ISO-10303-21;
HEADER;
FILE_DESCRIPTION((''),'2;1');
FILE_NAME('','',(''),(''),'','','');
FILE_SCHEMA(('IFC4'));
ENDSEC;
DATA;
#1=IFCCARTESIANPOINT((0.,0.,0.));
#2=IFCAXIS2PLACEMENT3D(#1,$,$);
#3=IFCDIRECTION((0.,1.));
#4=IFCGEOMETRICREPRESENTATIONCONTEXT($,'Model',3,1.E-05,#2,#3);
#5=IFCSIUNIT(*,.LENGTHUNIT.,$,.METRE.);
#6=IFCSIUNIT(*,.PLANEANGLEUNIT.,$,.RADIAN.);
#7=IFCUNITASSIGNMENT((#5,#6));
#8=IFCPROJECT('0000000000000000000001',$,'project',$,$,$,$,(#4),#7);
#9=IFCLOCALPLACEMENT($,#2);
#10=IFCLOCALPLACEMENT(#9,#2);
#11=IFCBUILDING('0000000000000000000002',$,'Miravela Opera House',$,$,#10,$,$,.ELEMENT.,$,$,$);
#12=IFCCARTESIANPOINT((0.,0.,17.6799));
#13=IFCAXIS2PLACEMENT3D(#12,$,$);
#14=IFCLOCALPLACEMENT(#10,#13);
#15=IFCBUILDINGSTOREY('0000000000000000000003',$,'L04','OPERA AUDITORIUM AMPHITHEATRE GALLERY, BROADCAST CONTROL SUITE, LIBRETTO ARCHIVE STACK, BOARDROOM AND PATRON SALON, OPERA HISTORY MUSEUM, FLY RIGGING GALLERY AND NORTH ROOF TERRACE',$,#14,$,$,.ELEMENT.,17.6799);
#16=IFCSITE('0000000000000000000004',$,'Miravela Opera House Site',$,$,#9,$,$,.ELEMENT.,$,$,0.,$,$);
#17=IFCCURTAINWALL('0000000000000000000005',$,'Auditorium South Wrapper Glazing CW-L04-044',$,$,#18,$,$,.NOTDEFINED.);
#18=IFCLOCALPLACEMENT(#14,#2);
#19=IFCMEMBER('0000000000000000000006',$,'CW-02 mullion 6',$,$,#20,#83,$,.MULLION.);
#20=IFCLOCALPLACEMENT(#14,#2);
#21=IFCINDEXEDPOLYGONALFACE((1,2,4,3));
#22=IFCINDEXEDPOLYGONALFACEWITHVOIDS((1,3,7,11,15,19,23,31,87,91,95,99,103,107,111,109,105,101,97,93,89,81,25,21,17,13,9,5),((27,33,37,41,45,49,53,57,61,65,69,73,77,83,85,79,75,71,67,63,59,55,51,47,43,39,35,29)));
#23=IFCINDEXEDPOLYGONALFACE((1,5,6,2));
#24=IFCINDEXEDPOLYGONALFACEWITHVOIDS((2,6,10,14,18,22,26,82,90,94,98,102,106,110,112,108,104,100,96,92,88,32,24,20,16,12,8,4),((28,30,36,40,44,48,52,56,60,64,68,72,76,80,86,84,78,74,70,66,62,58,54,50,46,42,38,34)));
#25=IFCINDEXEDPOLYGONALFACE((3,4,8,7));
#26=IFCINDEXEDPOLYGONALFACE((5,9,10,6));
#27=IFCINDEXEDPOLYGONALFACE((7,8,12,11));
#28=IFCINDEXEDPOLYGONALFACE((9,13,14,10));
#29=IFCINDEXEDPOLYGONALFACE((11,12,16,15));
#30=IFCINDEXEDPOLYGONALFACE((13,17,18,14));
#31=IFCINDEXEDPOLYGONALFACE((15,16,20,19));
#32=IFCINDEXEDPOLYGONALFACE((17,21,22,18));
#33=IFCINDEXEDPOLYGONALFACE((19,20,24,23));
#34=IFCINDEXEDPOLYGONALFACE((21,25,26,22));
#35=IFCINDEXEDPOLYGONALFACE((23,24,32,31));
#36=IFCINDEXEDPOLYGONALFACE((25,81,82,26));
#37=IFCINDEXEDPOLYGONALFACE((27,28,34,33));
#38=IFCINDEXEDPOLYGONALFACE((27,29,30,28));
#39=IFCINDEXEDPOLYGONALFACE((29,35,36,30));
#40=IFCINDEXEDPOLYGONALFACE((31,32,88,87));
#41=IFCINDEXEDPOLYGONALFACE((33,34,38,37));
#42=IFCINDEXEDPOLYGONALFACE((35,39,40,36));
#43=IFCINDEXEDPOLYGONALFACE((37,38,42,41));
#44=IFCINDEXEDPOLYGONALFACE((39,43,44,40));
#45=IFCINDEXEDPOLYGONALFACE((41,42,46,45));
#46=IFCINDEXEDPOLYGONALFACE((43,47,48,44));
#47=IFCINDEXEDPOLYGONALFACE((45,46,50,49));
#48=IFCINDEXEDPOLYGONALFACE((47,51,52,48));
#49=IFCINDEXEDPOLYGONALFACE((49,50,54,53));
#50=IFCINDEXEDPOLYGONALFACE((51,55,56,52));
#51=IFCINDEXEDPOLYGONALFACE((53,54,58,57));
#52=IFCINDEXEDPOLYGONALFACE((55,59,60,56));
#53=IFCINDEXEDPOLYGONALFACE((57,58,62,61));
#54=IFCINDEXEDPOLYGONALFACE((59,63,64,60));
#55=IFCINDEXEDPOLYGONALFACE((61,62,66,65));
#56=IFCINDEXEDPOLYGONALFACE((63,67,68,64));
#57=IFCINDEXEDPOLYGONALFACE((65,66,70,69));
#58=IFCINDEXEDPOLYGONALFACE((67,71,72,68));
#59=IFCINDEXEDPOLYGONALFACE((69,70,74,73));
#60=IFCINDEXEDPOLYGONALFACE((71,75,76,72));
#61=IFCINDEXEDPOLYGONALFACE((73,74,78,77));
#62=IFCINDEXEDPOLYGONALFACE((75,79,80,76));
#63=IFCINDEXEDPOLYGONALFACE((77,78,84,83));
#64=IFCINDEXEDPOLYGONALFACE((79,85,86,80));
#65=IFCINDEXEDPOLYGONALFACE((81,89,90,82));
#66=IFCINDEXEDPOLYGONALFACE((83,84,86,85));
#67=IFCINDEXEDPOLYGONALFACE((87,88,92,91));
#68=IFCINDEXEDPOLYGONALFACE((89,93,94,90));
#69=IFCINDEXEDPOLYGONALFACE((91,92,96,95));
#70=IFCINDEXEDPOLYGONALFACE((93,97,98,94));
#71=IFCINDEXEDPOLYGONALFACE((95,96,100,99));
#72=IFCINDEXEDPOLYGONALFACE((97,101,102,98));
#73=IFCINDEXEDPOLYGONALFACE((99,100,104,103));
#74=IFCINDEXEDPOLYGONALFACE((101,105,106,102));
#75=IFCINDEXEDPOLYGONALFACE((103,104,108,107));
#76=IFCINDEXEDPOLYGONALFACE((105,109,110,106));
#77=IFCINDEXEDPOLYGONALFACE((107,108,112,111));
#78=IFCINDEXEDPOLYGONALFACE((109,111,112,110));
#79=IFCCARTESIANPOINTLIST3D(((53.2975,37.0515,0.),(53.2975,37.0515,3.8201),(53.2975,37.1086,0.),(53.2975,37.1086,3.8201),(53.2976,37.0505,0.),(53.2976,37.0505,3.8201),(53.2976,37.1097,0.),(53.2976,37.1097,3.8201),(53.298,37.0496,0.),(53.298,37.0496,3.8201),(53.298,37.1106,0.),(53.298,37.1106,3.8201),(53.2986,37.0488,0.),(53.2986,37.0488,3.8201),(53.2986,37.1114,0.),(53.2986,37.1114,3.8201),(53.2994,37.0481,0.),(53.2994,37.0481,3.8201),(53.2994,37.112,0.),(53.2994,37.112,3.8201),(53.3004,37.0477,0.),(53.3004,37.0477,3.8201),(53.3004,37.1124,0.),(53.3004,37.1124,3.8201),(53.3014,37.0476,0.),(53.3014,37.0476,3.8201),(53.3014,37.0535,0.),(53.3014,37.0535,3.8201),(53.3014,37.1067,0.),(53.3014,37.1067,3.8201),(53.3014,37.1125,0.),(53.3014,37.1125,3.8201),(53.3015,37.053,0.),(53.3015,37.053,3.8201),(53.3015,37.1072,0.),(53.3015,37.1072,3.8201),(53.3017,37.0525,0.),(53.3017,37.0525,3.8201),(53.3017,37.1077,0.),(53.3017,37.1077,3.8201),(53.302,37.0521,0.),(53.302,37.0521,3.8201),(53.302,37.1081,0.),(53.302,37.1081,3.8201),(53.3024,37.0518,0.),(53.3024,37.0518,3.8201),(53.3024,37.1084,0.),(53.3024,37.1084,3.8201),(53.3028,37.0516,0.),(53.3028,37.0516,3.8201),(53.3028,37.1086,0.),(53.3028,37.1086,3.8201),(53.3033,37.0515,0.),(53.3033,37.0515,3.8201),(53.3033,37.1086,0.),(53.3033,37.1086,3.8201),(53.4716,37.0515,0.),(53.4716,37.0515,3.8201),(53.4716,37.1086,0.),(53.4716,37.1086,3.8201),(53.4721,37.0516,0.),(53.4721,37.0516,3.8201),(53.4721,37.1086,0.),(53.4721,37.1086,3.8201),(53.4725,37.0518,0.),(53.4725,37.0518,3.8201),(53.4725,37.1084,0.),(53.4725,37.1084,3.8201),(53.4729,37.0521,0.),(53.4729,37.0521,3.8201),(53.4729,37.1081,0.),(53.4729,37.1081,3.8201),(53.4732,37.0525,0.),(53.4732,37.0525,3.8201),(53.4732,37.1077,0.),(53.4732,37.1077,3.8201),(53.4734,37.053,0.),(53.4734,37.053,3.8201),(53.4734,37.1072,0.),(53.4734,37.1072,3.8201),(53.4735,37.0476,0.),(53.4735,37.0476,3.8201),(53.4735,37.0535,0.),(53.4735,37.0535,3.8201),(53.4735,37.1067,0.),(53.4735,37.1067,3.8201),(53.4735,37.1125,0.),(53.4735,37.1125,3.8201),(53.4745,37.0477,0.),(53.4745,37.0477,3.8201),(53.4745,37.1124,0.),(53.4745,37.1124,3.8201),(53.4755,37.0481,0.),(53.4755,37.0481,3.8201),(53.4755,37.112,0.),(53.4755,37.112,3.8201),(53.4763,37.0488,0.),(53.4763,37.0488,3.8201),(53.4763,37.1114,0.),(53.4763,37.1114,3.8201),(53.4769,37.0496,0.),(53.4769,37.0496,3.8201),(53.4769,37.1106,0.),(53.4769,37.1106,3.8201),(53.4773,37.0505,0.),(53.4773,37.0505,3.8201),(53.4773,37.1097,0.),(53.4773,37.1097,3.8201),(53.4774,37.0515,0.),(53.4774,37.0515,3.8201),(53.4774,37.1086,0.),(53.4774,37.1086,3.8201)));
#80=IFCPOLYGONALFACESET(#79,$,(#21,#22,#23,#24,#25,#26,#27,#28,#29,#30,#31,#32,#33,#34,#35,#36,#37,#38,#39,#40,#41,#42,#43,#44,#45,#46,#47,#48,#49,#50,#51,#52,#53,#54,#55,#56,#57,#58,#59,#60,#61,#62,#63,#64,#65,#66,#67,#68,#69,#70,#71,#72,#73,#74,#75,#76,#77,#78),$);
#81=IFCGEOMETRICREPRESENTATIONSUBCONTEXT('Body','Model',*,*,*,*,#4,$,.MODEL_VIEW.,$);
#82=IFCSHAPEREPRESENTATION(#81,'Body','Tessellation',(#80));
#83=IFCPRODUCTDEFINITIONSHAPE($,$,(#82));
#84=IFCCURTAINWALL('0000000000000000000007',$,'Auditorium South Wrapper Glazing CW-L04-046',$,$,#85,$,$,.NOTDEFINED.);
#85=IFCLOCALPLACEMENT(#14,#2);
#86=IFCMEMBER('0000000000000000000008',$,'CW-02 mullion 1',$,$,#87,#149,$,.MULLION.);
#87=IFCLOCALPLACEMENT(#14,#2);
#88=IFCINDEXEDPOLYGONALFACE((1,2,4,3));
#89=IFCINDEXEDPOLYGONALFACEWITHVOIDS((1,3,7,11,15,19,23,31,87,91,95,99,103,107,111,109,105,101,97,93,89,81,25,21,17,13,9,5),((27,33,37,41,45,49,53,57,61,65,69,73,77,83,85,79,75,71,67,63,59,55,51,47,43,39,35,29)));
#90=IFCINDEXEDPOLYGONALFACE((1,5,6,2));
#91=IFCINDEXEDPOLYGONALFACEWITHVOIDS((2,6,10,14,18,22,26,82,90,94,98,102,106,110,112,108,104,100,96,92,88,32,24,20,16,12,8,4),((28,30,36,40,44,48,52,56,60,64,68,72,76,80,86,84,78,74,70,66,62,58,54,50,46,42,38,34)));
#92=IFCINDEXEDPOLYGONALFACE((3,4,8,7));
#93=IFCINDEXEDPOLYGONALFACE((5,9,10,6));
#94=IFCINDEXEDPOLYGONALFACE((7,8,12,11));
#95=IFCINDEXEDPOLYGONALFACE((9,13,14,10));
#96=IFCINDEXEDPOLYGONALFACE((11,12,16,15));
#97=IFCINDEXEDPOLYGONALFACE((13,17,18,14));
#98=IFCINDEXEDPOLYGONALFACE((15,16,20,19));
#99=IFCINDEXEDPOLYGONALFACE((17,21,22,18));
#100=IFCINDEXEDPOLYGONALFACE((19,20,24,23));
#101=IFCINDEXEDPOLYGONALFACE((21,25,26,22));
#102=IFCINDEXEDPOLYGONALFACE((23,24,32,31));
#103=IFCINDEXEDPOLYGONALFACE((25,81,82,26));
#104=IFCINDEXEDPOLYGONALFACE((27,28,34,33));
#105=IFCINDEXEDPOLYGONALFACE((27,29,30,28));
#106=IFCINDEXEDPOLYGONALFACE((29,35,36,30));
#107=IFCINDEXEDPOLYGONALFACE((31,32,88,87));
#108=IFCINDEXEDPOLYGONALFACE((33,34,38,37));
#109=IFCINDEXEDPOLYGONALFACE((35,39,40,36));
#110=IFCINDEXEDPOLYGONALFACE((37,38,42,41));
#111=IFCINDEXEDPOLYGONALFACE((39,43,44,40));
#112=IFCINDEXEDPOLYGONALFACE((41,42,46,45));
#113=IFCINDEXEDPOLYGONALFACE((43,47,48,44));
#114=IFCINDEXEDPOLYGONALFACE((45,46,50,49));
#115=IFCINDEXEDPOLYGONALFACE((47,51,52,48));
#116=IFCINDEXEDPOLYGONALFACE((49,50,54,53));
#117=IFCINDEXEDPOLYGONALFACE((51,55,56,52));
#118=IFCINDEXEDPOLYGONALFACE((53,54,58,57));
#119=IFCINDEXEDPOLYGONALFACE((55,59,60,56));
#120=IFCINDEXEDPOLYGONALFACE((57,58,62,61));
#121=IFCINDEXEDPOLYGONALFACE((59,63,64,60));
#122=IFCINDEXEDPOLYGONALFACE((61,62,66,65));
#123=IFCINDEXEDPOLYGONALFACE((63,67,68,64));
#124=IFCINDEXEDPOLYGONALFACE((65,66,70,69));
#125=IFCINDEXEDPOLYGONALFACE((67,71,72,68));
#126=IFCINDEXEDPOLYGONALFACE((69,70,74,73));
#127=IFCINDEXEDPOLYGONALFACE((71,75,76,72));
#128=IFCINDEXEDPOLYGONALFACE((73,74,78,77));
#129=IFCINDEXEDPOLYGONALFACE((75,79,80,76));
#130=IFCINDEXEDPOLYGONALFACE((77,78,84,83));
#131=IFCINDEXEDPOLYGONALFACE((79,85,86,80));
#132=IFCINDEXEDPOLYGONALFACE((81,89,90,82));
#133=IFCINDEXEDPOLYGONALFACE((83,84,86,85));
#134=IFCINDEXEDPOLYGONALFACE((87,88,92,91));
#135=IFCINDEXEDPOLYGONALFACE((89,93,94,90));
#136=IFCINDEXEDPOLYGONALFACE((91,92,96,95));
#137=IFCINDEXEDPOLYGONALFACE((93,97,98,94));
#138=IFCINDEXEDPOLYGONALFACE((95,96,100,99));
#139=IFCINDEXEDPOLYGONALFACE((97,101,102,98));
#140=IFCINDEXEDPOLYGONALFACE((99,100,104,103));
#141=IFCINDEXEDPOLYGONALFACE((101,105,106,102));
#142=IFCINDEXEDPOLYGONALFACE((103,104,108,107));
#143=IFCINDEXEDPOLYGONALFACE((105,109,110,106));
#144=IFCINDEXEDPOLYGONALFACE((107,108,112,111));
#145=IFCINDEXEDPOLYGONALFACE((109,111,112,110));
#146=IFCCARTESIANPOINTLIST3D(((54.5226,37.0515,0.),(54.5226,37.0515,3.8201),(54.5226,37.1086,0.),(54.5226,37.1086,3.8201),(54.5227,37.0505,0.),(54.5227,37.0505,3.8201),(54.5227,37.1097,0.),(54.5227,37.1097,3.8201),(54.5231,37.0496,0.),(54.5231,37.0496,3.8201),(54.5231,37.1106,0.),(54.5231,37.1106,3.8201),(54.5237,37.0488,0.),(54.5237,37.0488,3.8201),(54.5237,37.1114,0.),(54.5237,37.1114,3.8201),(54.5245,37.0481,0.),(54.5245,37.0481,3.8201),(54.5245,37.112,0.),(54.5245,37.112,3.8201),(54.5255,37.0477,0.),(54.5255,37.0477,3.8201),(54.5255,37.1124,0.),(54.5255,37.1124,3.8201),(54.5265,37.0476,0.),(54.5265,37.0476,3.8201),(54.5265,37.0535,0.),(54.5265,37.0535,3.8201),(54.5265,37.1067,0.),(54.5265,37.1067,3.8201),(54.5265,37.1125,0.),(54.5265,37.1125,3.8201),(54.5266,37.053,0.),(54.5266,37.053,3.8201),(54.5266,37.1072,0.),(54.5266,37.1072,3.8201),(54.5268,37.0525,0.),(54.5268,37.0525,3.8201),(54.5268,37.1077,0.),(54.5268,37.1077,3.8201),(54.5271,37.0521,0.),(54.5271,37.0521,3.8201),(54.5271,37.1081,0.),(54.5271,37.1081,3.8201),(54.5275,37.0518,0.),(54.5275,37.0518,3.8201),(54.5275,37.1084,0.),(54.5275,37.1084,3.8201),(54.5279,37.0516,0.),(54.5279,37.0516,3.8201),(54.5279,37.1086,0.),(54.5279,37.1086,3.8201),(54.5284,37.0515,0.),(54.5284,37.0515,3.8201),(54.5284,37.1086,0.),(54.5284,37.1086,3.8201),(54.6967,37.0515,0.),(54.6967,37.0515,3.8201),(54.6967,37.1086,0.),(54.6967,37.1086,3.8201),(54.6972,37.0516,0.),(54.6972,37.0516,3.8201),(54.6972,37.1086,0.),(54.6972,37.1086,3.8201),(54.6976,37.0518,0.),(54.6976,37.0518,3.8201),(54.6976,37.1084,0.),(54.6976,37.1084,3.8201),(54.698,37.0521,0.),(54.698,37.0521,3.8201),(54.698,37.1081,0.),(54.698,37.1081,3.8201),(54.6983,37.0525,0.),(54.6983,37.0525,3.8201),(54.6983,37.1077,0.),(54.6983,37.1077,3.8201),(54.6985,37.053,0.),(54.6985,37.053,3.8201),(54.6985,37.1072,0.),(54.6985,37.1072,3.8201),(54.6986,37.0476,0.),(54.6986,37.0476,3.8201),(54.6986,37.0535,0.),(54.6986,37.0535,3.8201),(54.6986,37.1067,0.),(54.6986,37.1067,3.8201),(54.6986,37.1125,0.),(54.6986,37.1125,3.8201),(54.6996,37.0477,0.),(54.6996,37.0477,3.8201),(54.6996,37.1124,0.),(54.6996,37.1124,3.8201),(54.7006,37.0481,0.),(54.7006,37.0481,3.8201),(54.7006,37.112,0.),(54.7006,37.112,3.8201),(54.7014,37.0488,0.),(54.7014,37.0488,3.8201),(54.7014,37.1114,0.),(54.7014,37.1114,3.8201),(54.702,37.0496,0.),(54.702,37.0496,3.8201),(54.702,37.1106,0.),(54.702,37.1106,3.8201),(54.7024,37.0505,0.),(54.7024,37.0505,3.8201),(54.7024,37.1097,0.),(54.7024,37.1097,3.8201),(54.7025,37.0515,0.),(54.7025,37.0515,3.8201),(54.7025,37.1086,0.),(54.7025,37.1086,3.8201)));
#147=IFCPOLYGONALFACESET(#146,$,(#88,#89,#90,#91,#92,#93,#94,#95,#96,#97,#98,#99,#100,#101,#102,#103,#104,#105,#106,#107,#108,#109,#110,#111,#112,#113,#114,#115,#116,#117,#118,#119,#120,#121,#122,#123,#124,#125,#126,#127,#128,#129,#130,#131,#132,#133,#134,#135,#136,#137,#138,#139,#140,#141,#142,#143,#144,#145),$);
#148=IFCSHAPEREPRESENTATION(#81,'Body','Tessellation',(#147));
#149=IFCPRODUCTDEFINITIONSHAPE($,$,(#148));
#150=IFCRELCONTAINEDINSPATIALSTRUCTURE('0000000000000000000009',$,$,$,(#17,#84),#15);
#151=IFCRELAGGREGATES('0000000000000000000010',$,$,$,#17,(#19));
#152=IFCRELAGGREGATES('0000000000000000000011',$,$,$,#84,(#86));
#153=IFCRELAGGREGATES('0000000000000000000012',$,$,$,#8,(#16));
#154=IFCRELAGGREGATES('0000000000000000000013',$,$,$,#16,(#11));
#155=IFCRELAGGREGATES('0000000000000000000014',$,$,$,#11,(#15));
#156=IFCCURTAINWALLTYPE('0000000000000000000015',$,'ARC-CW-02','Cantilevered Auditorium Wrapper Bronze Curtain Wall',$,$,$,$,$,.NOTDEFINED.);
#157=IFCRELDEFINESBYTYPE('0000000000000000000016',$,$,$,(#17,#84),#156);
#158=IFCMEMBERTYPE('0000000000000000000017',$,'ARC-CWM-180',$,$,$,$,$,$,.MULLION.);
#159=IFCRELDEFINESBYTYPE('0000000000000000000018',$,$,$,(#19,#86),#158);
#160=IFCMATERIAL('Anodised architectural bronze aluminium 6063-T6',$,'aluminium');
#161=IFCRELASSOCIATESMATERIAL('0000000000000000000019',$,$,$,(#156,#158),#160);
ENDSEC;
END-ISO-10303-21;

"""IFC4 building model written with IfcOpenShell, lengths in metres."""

from ifc_helpers import new_model, si_unit, direction, frame, origin, origin_2d, place, context, subcontext, project, spatial, hollow_rectangle, extrude, material, material_profile, profile_set, type_object, element, aggregate, save


model = new_model("IFC4")

# Units and contexts
model_context = context("Model", 3, precision=1e-05, world=origin(), true_north=direction((0.0, 1.0)))
body_context = subcontext(model_context, "Body", "Model", "MODEL_VIEW")
ifc_project = project(units=[si_unit("LENGTHUNIT", "METRE"), si_unit("PLANEANGLEUNIT", "RADIAN")], contexts=[model_context])

# Site, building, storey
site_placement = place(None, origin())
site = spatial("IfcSite", under=ifc_project, at=site_placement, Name="Miravela Opera House Site", CompositionType="ELEMENT", RefElevation=0.0)
building_placement = place(site_placement, origin())
building = spatial("IfcBuilding", under=site, at=building_placement, Name="Miravela Opera House", CompositionType="ELEMENT")
storey_placement = place(building_placement, frame((0.0, 0.0, 17.6799)))
storey = spatial("IfcBuildingStorey", under=building, at=storey_placement, Name="L04", Description="OPERA AUDITORIUM AMPHITHEATRE GALLERY, BROADCAST CONTROL SUITE, LIBRETTO ARCHIVE STACK, BOARDROOM AND PATRON SALON, OPERA HISTORY MUSEUM, FLY RIGGING GALLERY AND NORTH ROOF TERRACE", CompositionType="ELEMENT", Elevation=17.6799)

# Curtain wall, member
ifc_material_1 = material(Name="Anodised architectural bronze aluminium 6063-T6", Category="aluminium")
curtain_wall_type = type_object("IfcCurtainWallType", Name="ARC-CW-02", Description="Cantilevered Auditorium Wrapper Bronze Curtain Wall", PredefinedType="NOTDEFINED", material=ifc_material_1)
curtain_wall_1_placement = place(storey_placement, origin())
curtain_wall_1 = element("IfcCurtainWall", 1, at=curtain_wall_1_placement, inside=storey, type_object=curtain_wall_type, Name="Auditorium South Wrapper Glazing CW-L04-044", PredefinedType="NOTDEFINED")
ifc_material_profile_1 = material_profile(ifc_material_1, hollow_rectangle(XDim=0.0649, YDim=0.1799, WallThickness=0.0039, InnerFilletRadius=0.002, OuterFilletRadius=0.0039, at=origin_2d()), Name="CWM-65X180")
ifc_profile_set_1 = profile_set([ifc_material_profile_1])
member_type_1 = type_object("IfcMemberType", Name="ARC-CWM-180", PredefinedType="MULLION", material=ifc_profile_set_1)
member_1_placement = place(storey_placement, frame((53.3875, 37.0801, 0.0), z_axis=(0.0, 0.0, 1.0), x_axis=(0.0, 1.0, 0.0)))
member_1 = element("IfcMember", 2, at=member_1_placement, type_object=member_type_1, Name="CW-02 mullion 6", PredefinedType="MULLION", context=body_context, shape_type="SweptSolid", body=[
    extrude(hollow_rectangle(XDim=0.0649, YDim=0.1799, WallThickness=0.0039, InnerFilletRadius=0.002, OuterFilletRadius=0.0039, at=origin_2d()), origin(), (0.0, 0.0, 1.0), 3.8201),
])

# Curtain wall, member
curtain_wall_2_placement = place(storey_placement, origin())
curtain_wall_2 = element("IfcCurtainWall", 3, at=curtain_wall_2_placement, inside=storey, type_object=curtain_wall_type, Name="Auditorium South Wrapper Glazing CW-L04-046", PredefinedType="NOTDEFINED")
member_2_placement = place(storey_placement, frame((54.6125, 37.0801, 0.0), z_axis=(0.0, 0.0, 1.0), x_axis=(0.0, 1.0, 0.0)))
member_2 = element("IfcMember", 4, at=member_2_placement, type_object=member_type_1, Name="CW-02 mullion 1", PredefinedType="MULLION", context=body_context, shape_type="SweptSolid", body=[
    extrude(hollow_rectangle(XDim=0.0649, YDim=0.1799, WallThickness=0.0039, InnerFilletRadius=0.002, OuterFilletRadius=0.0039, at=origin_2d()), origin(), (0.0, 0.0, 1.0), 3.8201),
])

aggregate(curtain_wall_1, [member_1])
aggregate(curtain_wall_2, [member_2])

save(model, "model.ifc")
